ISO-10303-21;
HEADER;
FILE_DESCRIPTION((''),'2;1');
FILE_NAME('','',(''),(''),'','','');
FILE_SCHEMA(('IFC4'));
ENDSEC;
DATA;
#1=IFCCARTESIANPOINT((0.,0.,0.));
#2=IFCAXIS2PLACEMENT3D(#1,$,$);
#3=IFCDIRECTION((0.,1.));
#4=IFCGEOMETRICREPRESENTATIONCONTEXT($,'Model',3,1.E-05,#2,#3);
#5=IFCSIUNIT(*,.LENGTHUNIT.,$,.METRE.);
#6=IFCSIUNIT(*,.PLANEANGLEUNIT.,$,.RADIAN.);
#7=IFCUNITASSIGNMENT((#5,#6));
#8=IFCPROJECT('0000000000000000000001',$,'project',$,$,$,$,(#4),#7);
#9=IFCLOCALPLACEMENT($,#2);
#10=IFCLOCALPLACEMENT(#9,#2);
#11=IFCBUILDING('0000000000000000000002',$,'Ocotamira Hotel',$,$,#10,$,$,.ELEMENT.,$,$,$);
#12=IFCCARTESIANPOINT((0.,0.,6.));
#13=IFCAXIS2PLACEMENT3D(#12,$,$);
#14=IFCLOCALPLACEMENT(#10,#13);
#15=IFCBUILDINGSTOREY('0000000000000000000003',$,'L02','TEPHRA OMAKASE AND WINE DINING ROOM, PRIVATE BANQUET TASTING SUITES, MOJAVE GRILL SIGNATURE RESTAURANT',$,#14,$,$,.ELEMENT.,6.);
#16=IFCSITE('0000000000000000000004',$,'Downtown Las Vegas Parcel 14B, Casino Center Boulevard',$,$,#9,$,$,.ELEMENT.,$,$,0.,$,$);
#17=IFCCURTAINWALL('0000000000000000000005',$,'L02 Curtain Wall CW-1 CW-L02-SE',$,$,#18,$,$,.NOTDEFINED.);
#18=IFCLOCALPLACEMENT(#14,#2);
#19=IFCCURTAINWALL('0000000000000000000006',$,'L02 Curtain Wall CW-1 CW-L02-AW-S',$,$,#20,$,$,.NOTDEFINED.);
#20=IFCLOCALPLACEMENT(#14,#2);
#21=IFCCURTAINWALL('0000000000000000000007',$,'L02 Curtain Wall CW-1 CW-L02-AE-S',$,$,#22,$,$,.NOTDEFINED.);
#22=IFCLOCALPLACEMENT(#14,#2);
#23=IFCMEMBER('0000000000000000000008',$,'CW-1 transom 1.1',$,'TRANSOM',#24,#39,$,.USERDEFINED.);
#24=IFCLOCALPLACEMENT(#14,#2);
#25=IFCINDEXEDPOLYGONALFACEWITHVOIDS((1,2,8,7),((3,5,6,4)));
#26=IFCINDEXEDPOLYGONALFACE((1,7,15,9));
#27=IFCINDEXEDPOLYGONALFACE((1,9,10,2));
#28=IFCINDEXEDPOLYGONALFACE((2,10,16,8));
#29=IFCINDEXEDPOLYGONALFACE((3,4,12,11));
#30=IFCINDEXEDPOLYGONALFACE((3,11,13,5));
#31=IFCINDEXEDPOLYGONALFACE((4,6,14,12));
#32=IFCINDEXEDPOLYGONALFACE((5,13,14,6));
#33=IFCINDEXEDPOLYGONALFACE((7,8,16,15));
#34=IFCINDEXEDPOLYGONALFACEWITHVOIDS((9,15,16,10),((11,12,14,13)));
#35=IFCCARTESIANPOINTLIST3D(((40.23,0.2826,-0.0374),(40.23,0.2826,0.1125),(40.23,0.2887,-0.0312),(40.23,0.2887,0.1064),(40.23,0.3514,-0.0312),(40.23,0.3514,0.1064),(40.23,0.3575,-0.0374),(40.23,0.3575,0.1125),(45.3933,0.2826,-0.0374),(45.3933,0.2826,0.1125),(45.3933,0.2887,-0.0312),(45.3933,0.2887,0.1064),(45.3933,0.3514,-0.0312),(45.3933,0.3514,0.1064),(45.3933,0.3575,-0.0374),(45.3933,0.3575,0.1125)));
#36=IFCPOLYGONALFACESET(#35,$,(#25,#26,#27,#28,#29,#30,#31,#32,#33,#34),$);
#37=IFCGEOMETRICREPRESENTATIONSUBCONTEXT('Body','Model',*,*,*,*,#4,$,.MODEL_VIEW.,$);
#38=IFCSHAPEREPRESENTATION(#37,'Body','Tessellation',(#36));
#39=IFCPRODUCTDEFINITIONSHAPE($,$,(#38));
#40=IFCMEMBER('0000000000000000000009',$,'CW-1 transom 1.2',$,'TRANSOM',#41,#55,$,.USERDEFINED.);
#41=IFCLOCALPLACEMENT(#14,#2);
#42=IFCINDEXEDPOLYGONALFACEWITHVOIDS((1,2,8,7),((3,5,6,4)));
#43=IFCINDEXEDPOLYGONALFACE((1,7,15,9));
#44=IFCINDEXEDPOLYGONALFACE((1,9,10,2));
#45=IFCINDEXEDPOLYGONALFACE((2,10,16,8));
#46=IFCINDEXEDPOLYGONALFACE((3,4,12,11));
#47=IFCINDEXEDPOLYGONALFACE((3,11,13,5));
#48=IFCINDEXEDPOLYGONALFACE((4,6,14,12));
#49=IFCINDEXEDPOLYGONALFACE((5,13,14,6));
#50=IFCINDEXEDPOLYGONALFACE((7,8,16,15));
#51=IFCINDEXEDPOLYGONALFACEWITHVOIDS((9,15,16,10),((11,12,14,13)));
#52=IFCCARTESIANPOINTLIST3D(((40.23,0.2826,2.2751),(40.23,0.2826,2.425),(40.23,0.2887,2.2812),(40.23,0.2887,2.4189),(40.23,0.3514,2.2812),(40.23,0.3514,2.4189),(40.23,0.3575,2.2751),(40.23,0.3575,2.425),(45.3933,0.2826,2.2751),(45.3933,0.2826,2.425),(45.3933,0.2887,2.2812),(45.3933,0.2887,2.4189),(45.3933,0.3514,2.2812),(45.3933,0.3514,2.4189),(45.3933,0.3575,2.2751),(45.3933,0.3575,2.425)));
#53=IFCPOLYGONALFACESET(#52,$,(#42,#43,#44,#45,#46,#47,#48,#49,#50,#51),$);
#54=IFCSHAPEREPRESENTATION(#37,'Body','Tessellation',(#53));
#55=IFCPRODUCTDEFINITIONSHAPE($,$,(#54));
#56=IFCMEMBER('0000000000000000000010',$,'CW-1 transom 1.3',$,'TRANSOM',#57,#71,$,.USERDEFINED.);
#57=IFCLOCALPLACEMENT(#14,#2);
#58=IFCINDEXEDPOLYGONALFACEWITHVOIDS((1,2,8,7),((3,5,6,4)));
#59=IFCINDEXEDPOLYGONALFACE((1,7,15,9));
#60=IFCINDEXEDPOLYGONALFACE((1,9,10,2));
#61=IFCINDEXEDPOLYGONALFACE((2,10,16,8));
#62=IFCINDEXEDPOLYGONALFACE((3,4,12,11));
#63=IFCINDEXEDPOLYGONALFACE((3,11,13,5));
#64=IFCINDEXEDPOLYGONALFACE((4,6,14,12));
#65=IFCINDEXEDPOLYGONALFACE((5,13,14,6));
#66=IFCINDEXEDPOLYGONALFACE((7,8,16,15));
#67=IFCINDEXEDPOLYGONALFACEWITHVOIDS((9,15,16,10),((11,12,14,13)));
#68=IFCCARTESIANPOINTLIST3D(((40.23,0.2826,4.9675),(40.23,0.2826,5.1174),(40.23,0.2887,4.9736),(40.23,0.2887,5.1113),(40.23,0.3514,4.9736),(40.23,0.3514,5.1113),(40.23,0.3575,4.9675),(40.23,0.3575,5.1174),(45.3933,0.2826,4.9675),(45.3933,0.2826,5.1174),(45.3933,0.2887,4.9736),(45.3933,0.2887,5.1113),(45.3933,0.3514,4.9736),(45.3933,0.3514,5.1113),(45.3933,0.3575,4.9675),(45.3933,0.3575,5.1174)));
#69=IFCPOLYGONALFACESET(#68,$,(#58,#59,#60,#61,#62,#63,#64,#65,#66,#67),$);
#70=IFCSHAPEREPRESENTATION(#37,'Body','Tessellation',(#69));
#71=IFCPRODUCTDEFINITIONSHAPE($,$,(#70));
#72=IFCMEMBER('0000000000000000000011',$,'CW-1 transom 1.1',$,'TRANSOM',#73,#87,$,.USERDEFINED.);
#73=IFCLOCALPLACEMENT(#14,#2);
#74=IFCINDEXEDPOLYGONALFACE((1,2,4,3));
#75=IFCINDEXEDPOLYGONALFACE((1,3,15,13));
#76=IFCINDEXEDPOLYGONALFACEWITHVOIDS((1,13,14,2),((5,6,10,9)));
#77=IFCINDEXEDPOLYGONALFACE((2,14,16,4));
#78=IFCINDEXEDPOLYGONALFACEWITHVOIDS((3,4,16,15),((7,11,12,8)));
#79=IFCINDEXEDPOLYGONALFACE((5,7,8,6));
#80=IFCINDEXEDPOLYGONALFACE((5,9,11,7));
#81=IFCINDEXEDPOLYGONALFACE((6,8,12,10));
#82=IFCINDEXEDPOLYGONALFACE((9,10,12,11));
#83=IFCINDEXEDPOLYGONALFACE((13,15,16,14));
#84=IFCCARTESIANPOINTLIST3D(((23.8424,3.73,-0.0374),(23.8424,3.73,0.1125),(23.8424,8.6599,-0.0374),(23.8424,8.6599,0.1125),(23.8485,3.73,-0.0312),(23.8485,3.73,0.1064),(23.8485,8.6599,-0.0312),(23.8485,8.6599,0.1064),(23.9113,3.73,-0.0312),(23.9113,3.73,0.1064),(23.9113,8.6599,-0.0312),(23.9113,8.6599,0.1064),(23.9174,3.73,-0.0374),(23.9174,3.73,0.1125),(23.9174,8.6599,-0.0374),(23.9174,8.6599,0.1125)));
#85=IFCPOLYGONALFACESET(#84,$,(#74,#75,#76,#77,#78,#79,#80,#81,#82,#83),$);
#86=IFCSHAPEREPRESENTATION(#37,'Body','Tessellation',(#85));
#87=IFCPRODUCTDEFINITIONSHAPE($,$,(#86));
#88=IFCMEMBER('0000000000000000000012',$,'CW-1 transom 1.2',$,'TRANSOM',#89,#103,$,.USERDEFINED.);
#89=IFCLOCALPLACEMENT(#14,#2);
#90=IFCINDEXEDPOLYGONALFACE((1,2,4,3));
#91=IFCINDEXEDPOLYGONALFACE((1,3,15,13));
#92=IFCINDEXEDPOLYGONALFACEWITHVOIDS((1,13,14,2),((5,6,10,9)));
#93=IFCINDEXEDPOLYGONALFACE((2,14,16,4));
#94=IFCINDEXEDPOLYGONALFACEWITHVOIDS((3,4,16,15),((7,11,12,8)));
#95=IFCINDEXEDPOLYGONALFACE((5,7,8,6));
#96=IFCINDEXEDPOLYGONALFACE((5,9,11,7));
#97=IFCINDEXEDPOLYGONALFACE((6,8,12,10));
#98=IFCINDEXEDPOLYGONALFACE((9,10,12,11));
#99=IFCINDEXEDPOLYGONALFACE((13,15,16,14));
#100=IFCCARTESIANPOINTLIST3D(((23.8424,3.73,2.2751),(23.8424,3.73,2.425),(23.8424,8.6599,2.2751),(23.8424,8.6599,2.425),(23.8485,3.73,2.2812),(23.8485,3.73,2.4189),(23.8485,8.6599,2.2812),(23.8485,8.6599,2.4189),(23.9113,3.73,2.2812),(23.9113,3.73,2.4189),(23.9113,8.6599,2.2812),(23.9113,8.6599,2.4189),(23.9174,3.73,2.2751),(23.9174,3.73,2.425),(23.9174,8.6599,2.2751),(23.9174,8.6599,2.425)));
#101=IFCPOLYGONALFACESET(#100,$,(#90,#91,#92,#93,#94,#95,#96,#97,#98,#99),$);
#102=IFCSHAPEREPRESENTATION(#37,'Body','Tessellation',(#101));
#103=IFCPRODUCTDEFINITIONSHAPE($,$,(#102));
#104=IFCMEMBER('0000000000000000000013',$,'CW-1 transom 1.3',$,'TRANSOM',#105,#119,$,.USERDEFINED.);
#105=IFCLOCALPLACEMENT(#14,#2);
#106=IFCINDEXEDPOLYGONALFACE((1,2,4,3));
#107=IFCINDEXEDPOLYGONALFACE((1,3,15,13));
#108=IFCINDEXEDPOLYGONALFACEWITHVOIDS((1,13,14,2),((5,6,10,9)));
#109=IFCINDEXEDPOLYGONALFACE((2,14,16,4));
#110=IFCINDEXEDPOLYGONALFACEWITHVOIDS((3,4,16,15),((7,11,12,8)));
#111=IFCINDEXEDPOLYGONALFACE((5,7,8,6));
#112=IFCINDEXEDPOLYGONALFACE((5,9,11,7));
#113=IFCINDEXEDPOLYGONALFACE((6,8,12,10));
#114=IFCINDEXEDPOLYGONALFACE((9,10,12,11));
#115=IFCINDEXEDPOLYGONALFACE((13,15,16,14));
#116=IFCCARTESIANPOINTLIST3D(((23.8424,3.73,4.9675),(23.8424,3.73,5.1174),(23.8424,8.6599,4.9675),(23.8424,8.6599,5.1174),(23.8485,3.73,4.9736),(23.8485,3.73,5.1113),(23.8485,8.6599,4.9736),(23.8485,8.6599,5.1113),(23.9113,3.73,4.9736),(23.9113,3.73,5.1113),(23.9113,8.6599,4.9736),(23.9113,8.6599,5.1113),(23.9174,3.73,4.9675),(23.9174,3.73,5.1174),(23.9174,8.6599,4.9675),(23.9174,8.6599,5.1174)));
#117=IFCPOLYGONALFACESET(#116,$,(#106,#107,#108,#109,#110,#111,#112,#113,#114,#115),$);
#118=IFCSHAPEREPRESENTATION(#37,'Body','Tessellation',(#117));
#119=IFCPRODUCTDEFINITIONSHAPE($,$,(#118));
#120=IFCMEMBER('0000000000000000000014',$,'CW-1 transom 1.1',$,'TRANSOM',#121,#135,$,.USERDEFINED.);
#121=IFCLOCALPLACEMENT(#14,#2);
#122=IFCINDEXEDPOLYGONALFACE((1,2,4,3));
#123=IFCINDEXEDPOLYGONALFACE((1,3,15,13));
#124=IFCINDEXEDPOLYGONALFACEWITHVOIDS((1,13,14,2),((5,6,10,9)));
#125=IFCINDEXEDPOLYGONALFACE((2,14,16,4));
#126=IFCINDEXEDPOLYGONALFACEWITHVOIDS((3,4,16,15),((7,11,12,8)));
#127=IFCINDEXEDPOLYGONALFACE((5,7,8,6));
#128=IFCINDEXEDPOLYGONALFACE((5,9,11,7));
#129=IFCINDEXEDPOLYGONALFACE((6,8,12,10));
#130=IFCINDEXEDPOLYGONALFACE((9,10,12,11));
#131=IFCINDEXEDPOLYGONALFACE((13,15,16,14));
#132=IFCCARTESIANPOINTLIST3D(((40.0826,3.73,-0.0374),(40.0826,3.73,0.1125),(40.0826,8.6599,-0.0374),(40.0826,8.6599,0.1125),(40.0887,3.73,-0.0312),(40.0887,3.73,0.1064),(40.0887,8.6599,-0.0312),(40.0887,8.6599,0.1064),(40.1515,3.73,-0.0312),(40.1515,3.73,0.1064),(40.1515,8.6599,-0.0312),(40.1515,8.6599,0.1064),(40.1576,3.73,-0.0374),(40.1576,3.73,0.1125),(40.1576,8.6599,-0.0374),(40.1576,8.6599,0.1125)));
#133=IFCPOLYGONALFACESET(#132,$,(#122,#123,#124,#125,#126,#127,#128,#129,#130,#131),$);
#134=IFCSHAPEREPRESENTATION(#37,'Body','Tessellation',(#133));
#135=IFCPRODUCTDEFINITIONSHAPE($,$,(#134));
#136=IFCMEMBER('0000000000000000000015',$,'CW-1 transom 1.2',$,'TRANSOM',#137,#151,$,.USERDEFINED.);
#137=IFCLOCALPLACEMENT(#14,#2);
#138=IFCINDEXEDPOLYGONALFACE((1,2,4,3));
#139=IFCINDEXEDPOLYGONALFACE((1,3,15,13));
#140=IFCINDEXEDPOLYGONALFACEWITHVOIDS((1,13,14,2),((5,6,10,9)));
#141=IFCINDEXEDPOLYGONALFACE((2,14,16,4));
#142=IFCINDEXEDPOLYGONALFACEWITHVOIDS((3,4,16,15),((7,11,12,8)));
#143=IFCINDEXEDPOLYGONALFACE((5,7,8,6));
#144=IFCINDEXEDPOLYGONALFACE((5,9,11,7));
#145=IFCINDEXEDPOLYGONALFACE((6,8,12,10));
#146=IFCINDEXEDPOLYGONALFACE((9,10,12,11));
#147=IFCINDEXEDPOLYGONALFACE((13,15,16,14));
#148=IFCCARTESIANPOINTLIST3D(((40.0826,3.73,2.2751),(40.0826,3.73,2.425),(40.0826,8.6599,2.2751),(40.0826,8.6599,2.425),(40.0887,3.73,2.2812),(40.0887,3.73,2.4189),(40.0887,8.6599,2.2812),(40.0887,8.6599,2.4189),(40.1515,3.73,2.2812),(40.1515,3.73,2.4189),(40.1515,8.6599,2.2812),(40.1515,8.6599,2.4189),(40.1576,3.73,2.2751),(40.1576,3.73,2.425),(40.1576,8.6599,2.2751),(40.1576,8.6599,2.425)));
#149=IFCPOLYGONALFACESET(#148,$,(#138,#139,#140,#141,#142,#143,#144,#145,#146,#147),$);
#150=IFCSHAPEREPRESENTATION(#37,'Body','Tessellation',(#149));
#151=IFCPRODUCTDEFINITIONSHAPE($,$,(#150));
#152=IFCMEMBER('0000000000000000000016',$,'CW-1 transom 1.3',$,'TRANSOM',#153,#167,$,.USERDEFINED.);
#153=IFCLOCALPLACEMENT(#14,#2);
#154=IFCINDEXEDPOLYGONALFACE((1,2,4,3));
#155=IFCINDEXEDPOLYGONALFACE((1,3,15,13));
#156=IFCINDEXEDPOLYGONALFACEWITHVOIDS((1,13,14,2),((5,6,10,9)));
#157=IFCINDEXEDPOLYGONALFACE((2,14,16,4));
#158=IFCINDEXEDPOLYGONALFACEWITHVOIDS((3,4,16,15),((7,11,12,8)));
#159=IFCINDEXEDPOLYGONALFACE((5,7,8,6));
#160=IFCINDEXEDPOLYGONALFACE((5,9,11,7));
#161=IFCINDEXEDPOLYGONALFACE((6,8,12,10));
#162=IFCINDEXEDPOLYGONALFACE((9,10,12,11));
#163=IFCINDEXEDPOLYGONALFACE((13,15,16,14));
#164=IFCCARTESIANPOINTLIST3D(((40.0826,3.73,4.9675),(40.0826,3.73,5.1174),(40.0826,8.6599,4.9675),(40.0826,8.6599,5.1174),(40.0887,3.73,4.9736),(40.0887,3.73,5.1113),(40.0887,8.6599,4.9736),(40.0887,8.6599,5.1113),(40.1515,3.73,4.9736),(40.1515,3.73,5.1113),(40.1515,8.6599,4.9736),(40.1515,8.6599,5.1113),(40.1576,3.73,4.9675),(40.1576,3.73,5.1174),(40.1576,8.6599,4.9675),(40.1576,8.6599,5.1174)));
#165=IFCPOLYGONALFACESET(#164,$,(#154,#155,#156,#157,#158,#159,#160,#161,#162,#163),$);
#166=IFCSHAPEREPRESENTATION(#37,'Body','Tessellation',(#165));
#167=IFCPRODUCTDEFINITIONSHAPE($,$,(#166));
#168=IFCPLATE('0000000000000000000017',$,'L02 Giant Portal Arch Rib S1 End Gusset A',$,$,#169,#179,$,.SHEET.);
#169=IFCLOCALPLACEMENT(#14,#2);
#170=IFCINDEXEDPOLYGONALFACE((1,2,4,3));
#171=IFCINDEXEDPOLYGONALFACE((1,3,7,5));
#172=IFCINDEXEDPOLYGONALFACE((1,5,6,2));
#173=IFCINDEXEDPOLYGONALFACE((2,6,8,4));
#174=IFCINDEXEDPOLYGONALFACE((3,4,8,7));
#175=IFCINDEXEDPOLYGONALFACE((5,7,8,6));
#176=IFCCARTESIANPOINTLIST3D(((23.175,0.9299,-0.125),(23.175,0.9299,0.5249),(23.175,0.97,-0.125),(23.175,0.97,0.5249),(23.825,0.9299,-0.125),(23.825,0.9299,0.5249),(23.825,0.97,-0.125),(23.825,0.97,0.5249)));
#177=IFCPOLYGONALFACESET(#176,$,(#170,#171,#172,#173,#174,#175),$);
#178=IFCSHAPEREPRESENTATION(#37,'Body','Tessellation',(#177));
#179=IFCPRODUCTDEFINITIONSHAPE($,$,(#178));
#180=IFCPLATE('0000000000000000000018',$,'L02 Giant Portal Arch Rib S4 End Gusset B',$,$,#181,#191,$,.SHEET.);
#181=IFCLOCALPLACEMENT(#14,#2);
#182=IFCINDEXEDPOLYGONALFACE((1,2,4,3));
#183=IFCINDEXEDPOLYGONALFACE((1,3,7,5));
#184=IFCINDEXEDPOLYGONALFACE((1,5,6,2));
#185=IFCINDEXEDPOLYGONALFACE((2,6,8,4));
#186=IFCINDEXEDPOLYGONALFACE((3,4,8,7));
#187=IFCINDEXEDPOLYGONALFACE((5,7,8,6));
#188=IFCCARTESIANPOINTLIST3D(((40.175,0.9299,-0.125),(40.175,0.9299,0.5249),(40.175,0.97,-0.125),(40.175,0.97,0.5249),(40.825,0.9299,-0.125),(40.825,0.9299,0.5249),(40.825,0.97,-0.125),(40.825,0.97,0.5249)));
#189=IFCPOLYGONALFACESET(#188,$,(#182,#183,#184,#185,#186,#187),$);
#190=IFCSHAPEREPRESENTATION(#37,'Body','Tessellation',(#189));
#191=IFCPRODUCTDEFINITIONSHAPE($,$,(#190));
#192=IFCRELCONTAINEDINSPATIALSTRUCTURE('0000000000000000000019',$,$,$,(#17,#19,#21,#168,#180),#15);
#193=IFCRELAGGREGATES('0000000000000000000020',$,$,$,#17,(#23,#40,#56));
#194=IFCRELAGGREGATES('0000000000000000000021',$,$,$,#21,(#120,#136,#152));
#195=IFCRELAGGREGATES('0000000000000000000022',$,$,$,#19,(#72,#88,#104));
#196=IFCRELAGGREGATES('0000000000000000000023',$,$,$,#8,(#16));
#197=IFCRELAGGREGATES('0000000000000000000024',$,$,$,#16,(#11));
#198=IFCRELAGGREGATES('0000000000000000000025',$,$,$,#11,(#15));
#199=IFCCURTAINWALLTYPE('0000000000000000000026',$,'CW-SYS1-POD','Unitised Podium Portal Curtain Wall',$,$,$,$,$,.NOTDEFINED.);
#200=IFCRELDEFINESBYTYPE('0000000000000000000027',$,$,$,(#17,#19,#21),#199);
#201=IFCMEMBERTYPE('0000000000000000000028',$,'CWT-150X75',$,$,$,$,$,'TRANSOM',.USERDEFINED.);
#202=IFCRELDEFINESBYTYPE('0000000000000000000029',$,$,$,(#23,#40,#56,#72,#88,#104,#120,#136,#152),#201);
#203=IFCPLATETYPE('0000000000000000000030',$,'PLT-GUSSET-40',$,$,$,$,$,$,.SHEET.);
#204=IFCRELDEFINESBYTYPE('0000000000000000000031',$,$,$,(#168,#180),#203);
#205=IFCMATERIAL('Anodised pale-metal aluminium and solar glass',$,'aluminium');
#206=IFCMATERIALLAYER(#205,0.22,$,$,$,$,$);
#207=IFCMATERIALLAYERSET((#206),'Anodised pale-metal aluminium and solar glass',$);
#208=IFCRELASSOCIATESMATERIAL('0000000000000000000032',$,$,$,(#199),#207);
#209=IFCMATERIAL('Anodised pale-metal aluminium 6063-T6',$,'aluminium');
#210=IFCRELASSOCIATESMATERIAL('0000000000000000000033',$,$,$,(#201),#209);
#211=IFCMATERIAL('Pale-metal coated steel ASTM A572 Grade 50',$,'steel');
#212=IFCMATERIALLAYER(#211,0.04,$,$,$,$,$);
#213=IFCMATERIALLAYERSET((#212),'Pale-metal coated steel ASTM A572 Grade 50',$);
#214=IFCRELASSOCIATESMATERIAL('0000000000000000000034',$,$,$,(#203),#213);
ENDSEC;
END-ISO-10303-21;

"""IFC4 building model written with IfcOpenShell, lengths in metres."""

from ifc_helpers import new_model, si_unit, direction, frame, origin, origin_2d, place, context, subcontext, project, spatial, rectangle, hollow_rectangle, extrude, source, transform, mapped, material, layer, layer_set, material_profile, profile_set, type_object, element, aggregate, save


model = new_model("IFC4")

# Units and contexts
model_context = context("Model", 3, precision=1e-05, world=origin(), true_north=direction((0.0, 1.0)))
body_context = subcontext(model_context, "Body", "Model", "MODEL_VIEW")
ifc_project = project(units=[si_unit("LENGTHUNIT", "METRE"), si_unit("PLANEANGLEUNIT", "RADIAN")], contexts=[model_context])

# Site, building, storey
site_placement = place(None, origin())
site = spatial("IfcSite", under=ifc_project, at=site_placement, Name="Downtown Las Vegas Parcel 14B, Casino Center Boulevard", CompositionType="ELEMENT", RefElevation=0.0)
building_placement = place(site_placement, origin())
building = spatial("IfcBuilding", under=site, at=building_placement, Name="Ocotamira Hotel", CompositionType="ELEMENT")
storey_placement = place(building_placement, frame((0.0, 0.0, 6.0)))
storey = spatial("IfcBuildingStorey", under=building, at=storey_placement, Name="L02", Description="TEPHRA OMAKASE AND WINE DINING ROOM, PRIVATE BANQUET TASTING SUITES, MOJAVE GRILL SIGNATURE RESTAURANT", CompositionType="ELEMENT", Elevation=6.0)

# Curtain walls
ifc_material_1 = material(Name="Anodised pale-metal aluminium and solar glass", Category="aluminium")
ifc_layer_1 = layer(ifc_material_1, 0.22)
ifc_layer_set_1 = layer_set([ifc_layer_1], Name="Anodised pale-metal aluminium and solar glass")
curtain_wall_type = type_object("IfcCurtainWallType", Name="CW-SYS1-POD", Description="Unitised Podium Portal Curtain Wall", PredefinedType="NOTDEFINED", material=ifc_layer_set_1)
curtain_wall_1_placement = place(storey_placement, origin())
curtain_wall_1 = element("IfcCurtainWall", 1, at=curtain_wall_1_placement, inside=storey, type_object=curtain_wall_type, Name="L02 Curtain Wall CW-1 CW-L02-SE", PredefinedType="NOTDEFINED")
ifc_material_2 = material(Name="Anodised pale-metal aluminium 6063-T6", Category="aluminium")
curtain_wall_2_placement = place(storey_placement, origin())
curtain_wall_2 = element("IfcCurtainWall", 2, at=curtain_wall_2_placement, inside=storey, type_object=curtain_wall_type, Name="L02 Curtain Wall CW-1 CW-L02-AW-S", PredefinedType="NOTDEFINED")
curtain_wall_3_placement = place(storey_placement, origin())
curtain_wall_3 = element("IfcCurtainWall", 3, at=curtain_wall_3_placement, inside=storey, type_object=curtain_wall_type, Name="L02 Curtain Wall CW-1 CW-L02-AE-S", PredefinedType="NOTDEFINED")

# Members
ifc_material_profile_1 = material_profile(ifc_material_2, hollow_rectangle(XDim=0.075, YDim=0.1499, WallThickness=0.0061, at=origin_2d()), Name="HSS150X75X6")
ifc_profile_set_1 = profile_set([ifc_material_profile_1], Name="Anodised pale-metal aluminium 6063-T6")
member_type_1 = type_object("IfcMemberType", Name="CWT-150X75", ElementType="TRANSOM", PredefinedType="USERDEFINED", material=ifc_profile_set_1)
shared_shape_1 = source(origin(), body_context, "Body", "SweptSolid", [
    extrude(hollow_rectangle(XDim=0.075, YDim=0.1499, WallThickness=0.0061, at=origin_2d()), origin(), (0.0, 0.0, 1.0), 5.1633),
])
member_1_placement = place(storey_placement, frame((40.23, 0.3201, 0.0376), z_axis=(1.0, 0.0, 0.0), x_axis=(0.0, 1.0, 0.0)))
member_1 = element("IfcMember", 4, at=member_1_placement, type_object=member_type_1, Name="CW-1 transom 1.1", ObjectType="TRANSOM", PredefinedType="USERDEFINED", context=body_context, shape_type="MappedRepresentation", body=[
    mapped(shared_shape_1, transform((0.0, 0.0, 0.0), scale=1.0)),
])
member_2_placement = place(storey_placement, frame((40.23, 0.3201, 2.3501), z_axis=(1.0, 0.0, 0.0), x_axis=(0.0, 1.0, 0.0)))
member_2 = element("IfcMember", 5, at=member_2_placement, type_object=member_type_1, Name="CW-1 transom 1.2", ObjectType="TRANSOM", PredefinedType="USERDEFINED", context=body_context, shape_type="MappedRepresentation", body=[
    mapped(shared_shape_1, transform((0.0, 0.0, 0.0), scale=1.0)),
])
member_3_placement = place(storey_placement, frame((40.23, 0.3201, 5.0425), z_axis=(1.0, 0.0, 0.0), x_axis=(0.0, 1.0, 0.0)))
member_3 = element("IfcMember", 6, at=member_3_placement, type_object=member_type_1, Name="CW-1 transom 1.3", ObjectType="TRANSOM", PredefinedType="USERDEFINED", context=body_context, shape_type="MappedRepresentation", body=[
    mapped(shared_shape_1, transform((0.0, 0.0, 0.0), scale=1.0)),
])
aggregate(curtain_wall_1, [member_1, member_2, member_3])
shared_shape_2 = source(origin(), body_context, "Body", "SweptSolid", [
    extrude(hollow_rectangle(XDim=0.075, YDim=0.1499, WallThickness=0.0061, at=origin_2d()), origin(), (0.0, 0.0, 1.0), 4.9299),
])
member_4_placement = place(storey_placement, frame((23.8799, 3.73, 0.0376), z_axis=(0.0, 1.0, 0.0), x_axis=(-1.0, 0.0, 0.0)))
member_4 = element("IfcMember", 7, at=member_4_placement, type_object=member_type_1, Name="CW-1 transom 1.1", ObjectType="TRANSOM", PredefinedType="USERDEFINED", context=body_context, shape_type="MappedRepresentation", body=[
    mapped(shared_shape_2, transform((0.0, 0.0, 0.0), scale=1.0)),
])
member_5_placement = place(storey_placement, frame((23.8799, 3.73, 2.3501), z_axis=(0.0, 1.0, 0.0), x_axis=(-1.0, 0.0, 0.0)))
member_5 = element("IfcMember", 8, at=member_5_placement, type_object=member_type_1, Name="CW-1 transom 1.2", ObjectType="TRANSOM", PredefinedType="USERDEFINED", context=body_context, shape_type="MappedRepresentation", body=[
    mapped(shared_shape_2, transform((0.0, 0.0, 0.0), scale=1.0)),
])
member_6_placement = place(storey_placement, frame((23.8799, 3.73, 5.0425), z_axis=(0.0, 1.0, 0.0), x_axis=(-1.0, 0.0, 0.0)))
member_6 = element("IfcMember", 9, at=member_6_placement, type_object=member_type_1, Name="CW-1 transom 1.3", ObjectType="TRANSOM", PredefinedType="USERDEFINED", context=body_context, shape_type="MappedRepresentation", body=[
    mapped(shared_shape_2, transform((0.0, 0.0, 0.0), scale=1.0)),
])
member_7_placement = place(storey_placement, frame((40.1201, 3.73, 0.0376), z_axis=(0.0, 1.0, 0.0), x_axis=(-1.0, 0.0, 0.0)))
member_7 = element("IfcMember", 10, at=member_7_placement, type_object=member_type_1, Name="CW-1 transom 1.1", ObjectType="TRANSOM", PredefinedType="USERDEFINED", context=body_context, shape_type="MappedRepresentation", body=[
    mapped(shared_shape_2, transform((0.0, 0.0, 0.0), scale=1.0)),
])
member_8_placement = place(storey_placement, frame((40.1201, 3.73, 2.3501), z_axis=(0.0, 1.0, 0.0), x_axis=(-1.0, 0.0, 0.0)))
member_8 = element("IfcMember", 11, at=member_8_placement, type_object=member_type_1, Name="CW-1 transom 1.2", ObjectType="TRANSOM", PredefinedType="USERDEFINED", context=body_context, shape_type="MappedRepresentation", body=[
    mapped(shared_shape_2, transform((0.0, 0.0, 0.0), scale=1.0)),
])
member_9_placement = place(storey_placement, frame((40.1201, 3.73, 5.0425), z_axis=(0.0, 1.0, 0.0), x_axis=(-1.0, 0.0, 0.0)))
member_9 = element("IfcMember", 12, at=member_9_placement, type_object=member_type_1, Name="CW-1 transom 1.3", ObjectType="TRANSOM", PredefinedType="USERDEFINED", context=body_context, shape_type="MappedRepresentation", body=[
    mapped(shared_shape_2, transform((0.0, 0.0, 0.0), scale=1.0)),
])
aggregate(curtain_wall_3, [member_7, member_8, member_9])

# Plates
ifc_material_3 = material(Name="Pale-metal coated steel ASTM A572 Grade 50", Category="steel")
ifc_layer_2 = layer(ifc_material_3, 0.04)
ifc_layer_set_2 = layer_set([ifc_layer_2], Name="Pale-metal coated steel ASTM A572 Grade 50")
plate_type_1 = type_object("IfcPlateType", Name="PLT-GUSSET-40", PredefinedType="SHEET", material=ifc_layer_set_2)
shared_shape_3 = source(origin(), body_context, "Body", "SweptSolid", [
    extrude(rectangle(XDim=0.6499, YDim=0.04, at=origin_2d()), origin(), (0.0, 0.0, 1.0), 0.6499),
])
for number, where, z_axis, x_axis, name in (
    (13, (23.5, 0.95, -0.125), (0.0, 0.0, 1.0), (1.0, 0.0, 0.0), "L02 Giant Portal Arch Rib S1 End Gusset A"),
    (14, (40.5, 0.95, -0.125), (0.0, 0.0, 1.0), (1.0, 0.0, 0.0), "L02 Giant Portal Arch Rib S4 End Gusset B"),
):
    element("IfcPlate", number, at=place(storey_placement, frame(where, z_axis=z_axis, x_axis=x_axis)), inside=storey, type_object=plate_type_1, Name=name, PredefinedType="SHEET", context=body_context, shape_type="MappedRepresentation", body=[
        mapped(shared_shape_3, transform((0.0, 0.0, 0.0), scale=1.0)),
    ])

aggregate(curtain_wall_2, [member_4, member_5, member_6])

save(model, "model.ifc")
